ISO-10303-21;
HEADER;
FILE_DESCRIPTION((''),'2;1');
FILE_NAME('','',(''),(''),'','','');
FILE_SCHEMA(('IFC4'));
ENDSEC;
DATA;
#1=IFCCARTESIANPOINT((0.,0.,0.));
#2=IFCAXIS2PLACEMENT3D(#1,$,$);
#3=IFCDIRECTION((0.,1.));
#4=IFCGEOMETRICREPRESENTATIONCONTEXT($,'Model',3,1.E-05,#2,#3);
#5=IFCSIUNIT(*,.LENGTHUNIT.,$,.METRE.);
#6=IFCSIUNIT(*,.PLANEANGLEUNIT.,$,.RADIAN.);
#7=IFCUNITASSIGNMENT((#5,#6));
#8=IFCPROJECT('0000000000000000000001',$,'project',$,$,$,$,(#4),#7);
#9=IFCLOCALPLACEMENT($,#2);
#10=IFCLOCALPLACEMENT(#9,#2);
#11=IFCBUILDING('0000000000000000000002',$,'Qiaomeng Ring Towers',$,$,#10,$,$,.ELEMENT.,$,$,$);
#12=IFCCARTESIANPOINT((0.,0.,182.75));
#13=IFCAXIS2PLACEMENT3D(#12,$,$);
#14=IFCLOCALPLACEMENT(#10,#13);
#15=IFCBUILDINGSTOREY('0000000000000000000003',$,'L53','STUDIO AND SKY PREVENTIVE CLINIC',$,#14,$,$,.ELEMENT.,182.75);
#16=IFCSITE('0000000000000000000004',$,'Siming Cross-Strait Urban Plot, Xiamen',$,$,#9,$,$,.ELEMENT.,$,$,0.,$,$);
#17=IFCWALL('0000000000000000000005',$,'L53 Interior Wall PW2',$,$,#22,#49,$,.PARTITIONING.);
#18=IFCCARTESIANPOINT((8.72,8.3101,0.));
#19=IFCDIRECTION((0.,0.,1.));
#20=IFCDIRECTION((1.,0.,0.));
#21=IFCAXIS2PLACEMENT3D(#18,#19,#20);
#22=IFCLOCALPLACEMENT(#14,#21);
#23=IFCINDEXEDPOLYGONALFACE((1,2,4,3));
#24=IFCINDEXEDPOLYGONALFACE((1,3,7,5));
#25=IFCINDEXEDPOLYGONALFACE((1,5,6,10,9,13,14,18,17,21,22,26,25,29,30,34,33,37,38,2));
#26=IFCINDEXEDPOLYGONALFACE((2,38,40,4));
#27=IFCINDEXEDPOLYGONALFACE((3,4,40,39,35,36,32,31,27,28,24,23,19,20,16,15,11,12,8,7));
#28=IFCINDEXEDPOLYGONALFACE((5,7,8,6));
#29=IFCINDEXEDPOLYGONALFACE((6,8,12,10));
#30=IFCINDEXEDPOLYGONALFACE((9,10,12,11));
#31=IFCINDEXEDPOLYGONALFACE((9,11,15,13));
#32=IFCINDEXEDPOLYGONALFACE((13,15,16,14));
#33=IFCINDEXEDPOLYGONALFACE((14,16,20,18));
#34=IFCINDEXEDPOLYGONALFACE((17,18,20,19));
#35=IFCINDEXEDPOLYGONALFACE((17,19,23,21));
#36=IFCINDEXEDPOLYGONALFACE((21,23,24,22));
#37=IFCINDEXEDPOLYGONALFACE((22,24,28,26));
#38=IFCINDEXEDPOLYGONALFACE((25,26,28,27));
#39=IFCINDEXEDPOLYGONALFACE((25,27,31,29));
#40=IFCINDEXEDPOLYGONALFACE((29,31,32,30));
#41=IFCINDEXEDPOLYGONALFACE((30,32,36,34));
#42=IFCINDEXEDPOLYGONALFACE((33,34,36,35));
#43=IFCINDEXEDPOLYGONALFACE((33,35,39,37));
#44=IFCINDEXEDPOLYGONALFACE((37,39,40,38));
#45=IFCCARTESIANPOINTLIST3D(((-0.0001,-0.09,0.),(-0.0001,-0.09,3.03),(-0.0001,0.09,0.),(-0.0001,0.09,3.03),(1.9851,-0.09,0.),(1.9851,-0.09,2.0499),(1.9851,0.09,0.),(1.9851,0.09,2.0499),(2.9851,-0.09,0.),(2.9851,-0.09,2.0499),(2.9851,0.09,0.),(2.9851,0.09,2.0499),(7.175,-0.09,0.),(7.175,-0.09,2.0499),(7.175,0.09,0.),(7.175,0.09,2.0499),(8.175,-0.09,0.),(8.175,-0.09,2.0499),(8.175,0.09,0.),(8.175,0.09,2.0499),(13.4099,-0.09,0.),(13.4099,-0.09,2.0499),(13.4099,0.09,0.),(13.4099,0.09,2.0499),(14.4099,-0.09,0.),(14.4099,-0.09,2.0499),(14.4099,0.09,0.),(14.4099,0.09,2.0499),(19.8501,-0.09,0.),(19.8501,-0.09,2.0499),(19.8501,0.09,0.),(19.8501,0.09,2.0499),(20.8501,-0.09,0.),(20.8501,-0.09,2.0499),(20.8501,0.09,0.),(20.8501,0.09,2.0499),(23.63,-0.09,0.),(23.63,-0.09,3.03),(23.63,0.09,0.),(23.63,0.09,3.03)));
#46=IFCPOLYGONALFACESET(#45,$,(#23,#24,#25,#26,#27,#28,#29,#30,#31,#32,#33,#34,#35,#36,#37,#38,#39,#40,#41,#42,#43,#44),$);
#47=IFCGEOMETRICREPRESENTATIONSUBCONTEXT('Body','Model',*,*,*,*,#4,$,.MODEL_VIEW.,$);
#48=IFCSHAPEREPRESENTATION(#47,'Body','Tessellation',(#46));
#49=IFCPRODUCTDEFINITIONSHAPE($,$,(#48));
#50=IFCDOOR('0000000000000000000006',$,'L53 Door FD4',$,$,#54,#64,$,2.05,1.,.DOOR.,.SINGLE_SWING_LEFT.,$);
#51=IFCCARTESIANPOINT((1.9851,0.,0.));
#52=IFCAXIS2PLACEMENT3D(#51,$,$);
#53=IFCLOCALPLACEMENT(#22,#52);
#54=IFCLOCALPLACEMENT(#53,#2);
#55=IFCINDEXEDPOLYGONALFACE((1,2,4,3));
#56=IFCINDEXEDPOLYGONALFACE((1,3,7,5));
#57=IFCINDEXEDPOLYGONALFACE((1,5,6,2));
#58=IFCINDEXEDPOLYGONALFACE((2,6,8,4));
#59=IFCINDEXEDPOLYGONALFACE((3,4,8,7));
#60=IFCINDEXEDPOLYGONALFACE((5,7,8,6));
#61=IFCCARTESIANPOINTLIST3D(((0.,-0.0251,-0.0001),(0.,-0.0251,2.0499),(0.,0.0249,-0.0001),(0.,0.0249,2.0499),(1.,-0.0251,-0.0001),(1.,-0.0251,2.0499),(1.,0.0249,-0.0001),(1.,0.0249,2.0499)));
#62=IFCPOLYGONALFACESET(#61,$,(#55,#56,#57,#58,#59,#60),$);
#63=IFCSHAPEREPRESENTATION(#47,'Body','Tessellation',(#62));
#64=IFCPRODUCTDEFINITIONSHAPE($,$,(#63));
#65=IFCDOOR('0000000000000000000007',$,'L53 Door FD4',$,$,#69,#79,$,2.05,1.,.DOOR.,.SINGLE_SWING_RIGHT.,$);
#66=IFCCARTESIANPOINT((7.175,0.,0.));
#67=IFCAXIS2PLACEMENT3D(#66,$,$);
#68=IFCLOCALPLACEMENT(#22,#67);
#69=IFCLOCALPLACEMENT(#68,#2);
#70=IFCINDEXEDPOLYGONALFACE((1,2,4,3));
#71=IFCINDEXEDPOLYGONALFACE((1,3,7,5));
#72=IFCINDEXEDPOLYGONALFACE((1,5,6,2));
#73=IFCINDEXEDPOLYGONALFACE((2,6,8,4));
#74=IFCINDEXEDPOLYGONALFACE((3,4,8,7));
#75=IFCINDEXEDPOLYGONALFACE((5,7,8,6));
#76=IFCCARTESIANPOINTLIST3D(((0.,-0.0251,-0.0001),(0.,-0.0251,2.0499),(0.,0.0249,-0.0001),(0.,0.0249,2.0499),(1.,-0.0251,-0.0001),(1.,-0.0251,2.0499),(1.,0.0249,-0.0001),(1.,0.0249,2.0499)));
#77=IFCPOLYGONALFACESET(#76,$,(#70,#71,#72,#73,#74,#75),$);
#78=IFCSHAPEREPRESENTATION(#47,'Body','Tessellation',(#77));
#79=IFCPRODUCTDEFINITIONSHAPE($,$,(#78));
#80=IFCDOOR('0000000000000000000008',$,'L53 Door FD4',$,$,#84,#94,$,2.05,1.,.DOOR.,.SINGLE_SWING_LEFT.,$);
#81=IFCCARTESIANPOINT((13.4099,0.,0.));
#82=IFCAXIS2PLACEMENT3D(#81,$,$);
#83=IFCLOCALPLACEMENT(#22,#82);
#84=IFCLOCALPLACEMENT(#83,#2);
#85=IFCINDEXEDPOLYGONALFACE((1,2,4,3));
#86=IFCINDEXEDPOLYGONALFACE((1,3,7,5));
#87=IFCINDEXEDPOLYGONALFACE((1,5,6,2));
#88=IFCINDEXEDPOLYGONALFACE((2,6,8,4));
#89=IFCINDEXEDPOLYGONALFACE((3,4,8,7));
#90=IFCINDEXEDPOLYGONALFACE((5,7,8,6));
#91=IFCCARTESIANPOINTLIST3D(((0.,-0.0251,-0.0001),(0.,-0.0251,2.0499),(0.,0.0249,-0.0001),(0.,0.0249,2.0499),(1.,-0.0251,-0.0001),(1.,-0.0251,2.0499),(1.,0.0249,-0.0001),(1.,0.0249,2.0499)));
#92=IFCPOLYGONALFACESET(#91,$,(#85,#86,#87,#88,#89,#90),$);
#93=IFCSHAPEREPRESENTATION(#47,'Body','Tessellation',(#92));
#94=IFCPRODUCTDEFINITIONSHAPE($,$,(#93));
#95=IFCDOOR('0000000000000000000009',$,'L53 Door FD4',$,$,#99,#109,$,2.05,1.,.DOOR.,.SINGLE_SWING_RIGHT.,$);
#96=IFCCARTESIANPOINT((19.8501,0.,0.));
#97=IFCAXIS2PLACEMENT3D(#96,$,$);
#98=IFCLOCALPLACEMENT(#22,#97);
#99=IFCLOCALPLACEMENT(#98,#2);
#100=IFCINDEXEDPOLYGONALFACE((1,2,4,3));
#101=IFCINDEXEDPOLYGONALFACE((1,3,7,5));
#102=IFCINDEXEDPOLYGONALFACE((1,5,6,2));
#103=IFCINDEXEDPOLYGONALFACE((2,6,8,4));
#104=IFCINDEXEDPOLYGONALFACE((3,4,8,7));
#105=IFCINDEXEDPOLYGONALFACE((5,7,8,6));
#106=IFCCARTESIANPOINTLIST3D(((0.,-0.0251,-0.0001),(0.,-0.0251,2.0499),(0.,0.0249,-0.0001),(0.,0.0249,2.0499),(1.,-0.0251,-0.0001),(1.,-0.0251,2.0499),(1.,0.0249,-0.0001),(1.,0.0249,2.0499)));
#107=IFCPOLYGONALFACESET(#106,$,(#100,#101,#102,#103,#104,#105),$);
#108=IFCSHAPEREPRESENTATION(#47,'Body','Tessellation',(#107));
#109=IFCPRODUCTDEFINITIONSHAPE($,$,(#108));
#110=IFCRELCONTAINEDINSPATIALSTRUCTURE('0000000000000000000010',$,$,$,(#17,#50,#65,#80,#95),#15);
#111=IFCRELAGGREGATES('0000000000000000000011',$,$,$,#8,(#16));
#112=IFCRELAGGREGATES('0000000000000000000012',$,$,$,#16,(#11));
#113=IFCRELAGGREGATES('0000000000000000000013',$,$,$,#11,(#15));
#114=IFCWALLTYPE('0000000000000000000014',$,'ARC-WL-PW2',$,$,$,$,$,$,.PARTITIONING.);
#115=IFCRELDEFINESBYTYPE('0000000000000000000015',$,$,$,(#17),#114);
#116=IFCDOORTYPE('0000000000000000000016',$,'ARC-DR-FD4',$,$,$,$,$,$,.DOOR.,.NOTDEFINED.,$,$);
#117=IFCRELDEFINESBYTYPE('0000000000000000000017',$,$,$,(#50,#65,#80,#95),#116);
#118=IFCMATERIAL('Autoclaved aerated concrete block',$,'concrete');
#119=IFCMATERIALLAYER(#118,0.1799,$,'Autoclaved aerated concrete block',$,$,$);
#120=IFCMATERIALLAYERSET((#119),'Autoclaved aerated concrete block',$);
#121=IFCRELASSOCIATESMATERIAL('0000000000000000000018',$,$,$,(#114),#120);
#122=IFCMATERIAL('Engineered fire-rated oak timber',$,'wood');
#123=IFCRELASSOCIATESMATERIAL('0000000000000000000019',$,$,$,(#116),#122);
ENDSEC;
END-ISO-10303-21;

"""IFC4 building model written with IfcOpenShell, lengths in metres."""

from ifc_helpers import new_model, si_unit, direction, frame, frame_2d, origin, place, context, subcontext, project, spatial, rectangle, extrude, source, transform, mapped, material, layer, layer_set, type_object, element, fill, save


model = new_model("IFC4")

# Units and contexts
model_context = context("Model", 3, precision=1e-05, world=origin(), true_north=direction((0.0, 1.0)))
body_context = subcontext(model_context, "Body", "Model", "MODEL_VIEW")
ifc_project = project(units=[si_unit("LENGTHUNIT", "METRE"), si_unit("PLANEANGLEUNIT", "RADIAN")], contexts=[model_context])

# Site, building, storey
site_placement = place(None, origin())
site = spatial("IfcSite", under=ifc_project, at=site_placement, Name="Siming Cross-Strait Urban Plot, Xiamen", CompositionType="ELEMENT", RefElevation=0.0)
building_placement = place(site_placement, origin())
building = spatial("IfcBuilding", under=site, at=building_placement, Name="Qiaomeng Ring Towers", CompositionType="ELEMENT")
storey_placement = place(building_placement, frame((0.0, 0.0, 182.75)))
storey = spatial("IfcBuildingStorey", under=building, at=storey_placement, Name="L53", Description="STUDIO AND SKY PREVENTIVE CLINIC", CompositionType="ELEMENT", Elevation=182.75)

# Wall, openings, doors
ifc_material_1 = material(Name="Autoclaved aerated concrete block", Category="concrete")
ifc_layer_1 = layer(ifc_material_1, 0.1799, Name="Autoclaved aerated concrete block")
ifc_layer_set_1 = layer_set([ifc_layer_1], Name="Autoclaved aerated concrete block")
wall_type_1 = type_object("IfcWallType", Name="ARC-WL-PW2", PredefinedType="PARTITIONING", material=ifc_layer_set_1)
wall_1_placement = place(storey_placement, frame((8.72, 8.3101, 0.0), z_axis=(0.0, 0.0, 1.0), x_axis=(1.0, 0.0, 0.0)))
wall_1 = element("IfcWall", 1, at=wall_1_placement, inside=storey, type_object=wall_type_1, Name="L53 Interior Wall PW2", PredefinedType="PARTITIONING", context=body_context, shape_type="SweptSolid", body=[
    extrude(rectangle(XDim=23.6301, YDim=0.1799, at=frame_2d((11.8149, 0.0))), origin(), (0.0, 0.0, 1.0), 3.03),
])
opening_1_placement = place(wall_1_placement, frame((1.9851, 0.0, 0.0)))
opening_1 = element("IfcOpeningElement", 2, at=opening_1_placement, cuts=wall_1, PredefinedType="OPENING", context=body_context, shape_type="SweptSolid", body=[
    extrude(rectangle(XDim=1.0, YDim=2.05, at=frame_2d((0.5, 1.0249))), frame((0.0, 0.0999, 0.0), z_axis=(0.0, -1.0, 0.0), x_axis=(1.0, 0.0, 0.0)), (0.0, 0.0, 1.0), 0.2),
])
opening_2_placement = place(wall_1_placement, frame((7.175, 0.0, 0.0)))
opening_2 = element("IfcOpeningElement", 3, at=opening_2_placement, cuts=wall_1, PredefinedType="OPENING", context=body_context, shape_type="SweptSolid", body=[
    extrude(rectangle(XDim=1.0, YDim=2.05, at=frame_2d((0.5, 1.0249))), frame((0.0, 0.0999, 0.0), z_axis=(0.0, -1.0, 0.0), x_axis=(1.0, 0.0, 0.0)), (0.0, 0.0, 1.0), 0.2),
])
opening_3_placement = place(wall_1_placement, frame((13.4099, 0.0, 0.0)))
opening_3 = element("IfcOpeningElement", 4, at=opening_3_placement, cuts=wall_1, PredefinedType="OPENING", context=body_context, shape_type="SweptSolid", body=[
    extrude(rectangle(XDim=1.0, YDim=2.05, at=frame_2d((0.5, 1.0249))), frame((0.0, 0.0999, 0.0), z_axis=(0.0, -1.0, 0.0), x_axis=(1.0, 0.0, 0.0)), (0.0, 0.0, 1.0), 0.2),
])
opening_4_placement = place(wall_1_placement, frame((19.8501, 0.0, 0.0)))
opening_4 = element("IfcOpeningElement", 5, at=opening_4_placement, cuts=wall_1, PredefinedType="OPENING", context=body_context, shape_type="SweptSolid", body=[
    extrude(rectangle(XDim=1.0, YDim=2.05, at=frame_2d((0.5, 1.0249))), frame((0.0, 0.0999, 0.0), z_axis=(0.0, -1.0, 0.0), x_axis=(1.0, 0.0, 0.0)), (0.0, 0.0, 1.0), 0.2),
])
ifc_material_2 = material(Name="Engineered fire-rated oak timber", Category="wood")
door_type_1 = type_object("IfcDoorType", Name="ARC-DR-FD4", OperationType="NOTDEFINED", PredefinedType="DOOR", material=ifc_material_2)
shared_shape_1 = source(origin(), body_context, "Body", "SweptSolid", [
    extrude(rectangle(XDim=1.0, YDim=2.05, at=frame_2d((0.5, 1.0249))), frame((0.0, 0.0249, 0.0), z_axis=(0.0, -1.0, 0.0), x_axis=(1.0, 0.0, 0.0)), (0.0, 0.0, 1.0), 0.05),
])
door_1_placement = place(opening_1_placement, origin())
door_1 = element("IfcDoor", 6, at=door_1_placement, inside=storey, type_object=door_type_1, Name="L53 Door FD4", OperationType="SINGLE_SWING_LEFT", OverallHeight=2.05, OverallWidth=1.0, PredefinedType="DOOR", context=body_context, shape_type="MappedRepresentation", body=[
    mapped(shared_shape_1, transform((0.0, 0.0, 0.0), x_axis=(1.0, 0.0, 0.0), y_axis=(0.0, 1.0, 0.0), z_axis=(0.0, 0.0, 1.0), scale=1.0)),
])
fill(opening_1, door_1)
door_2_placement = place(opening_2_placement, origin())
door_2 = element("IfcDoor", 7, at=door_2_placement, inside=storey, type_object=door_type_1, Name="L53 Door FD4", OperationType="SINGLE_SWING_RIGHT", OverallHeight=2.05, OverallWidth=1.0, PredefinedType="DOOR", context=body_context, shape_type="MappedRepresentation", body=[
    mapped(shared_shape_1, transform((0.0, 0.0, 0.0), x_axis=(1.0, 0.0, 0.0), y_axis=(0.0, 1.0, 0.0), z_axis=(0.0, 0.0, 1.0), scale=1.0)),
])
fill(opening_2, door_2)
door_3_placement = place(opening_3_placement, origin())
door_3 = element("IfcDoor", 8, at=door_3_placement, inside=storey, type_object=door_type_1, Name="L53 Door FD4", OperationType="SINGLE_SWING_LEFT", OverallHeight=2.05, OverallWidth=1.0, PredefinedType="DOOR", context=body_context, shape_type="MappedRepresentation", body=[
    mapped(shared_shape_1, transform((0.0, 0.0, 0.0), x_axis=(1.0, 0.0, 0.0), y_axis=(0.0, 1.0, 0.0), z_axis=(0.0, 0.0, 1.0), scale=1.0)),
])
fill(opening_3, door_3)
door_4_placement = place(opening_4_placement, origin())
door_4 = element("IfcDoor", 9, at=door_4_placement, inside=storey, type_object=door_type_1, Name="L53 Door FD4", OperationType="SINGLE_SWING_RIGHT", OverallHeight=2.05, OverallWidth=1.0, PredefinedType="DOOR", context=body_context, shape_type="MappedRepresentation", body=[
    mapped(shared_shape_1, transform((0.0, 0.0, 0.0), x_axis=(1.0, 0.0, 0.0), y_axis=(0.0, 1.0, 0.0), z_axis=(0.0, 0.0, 1.0), scale=1.0)),
])
fill(opening_4, door_4)

save(model, "model.ifc")
